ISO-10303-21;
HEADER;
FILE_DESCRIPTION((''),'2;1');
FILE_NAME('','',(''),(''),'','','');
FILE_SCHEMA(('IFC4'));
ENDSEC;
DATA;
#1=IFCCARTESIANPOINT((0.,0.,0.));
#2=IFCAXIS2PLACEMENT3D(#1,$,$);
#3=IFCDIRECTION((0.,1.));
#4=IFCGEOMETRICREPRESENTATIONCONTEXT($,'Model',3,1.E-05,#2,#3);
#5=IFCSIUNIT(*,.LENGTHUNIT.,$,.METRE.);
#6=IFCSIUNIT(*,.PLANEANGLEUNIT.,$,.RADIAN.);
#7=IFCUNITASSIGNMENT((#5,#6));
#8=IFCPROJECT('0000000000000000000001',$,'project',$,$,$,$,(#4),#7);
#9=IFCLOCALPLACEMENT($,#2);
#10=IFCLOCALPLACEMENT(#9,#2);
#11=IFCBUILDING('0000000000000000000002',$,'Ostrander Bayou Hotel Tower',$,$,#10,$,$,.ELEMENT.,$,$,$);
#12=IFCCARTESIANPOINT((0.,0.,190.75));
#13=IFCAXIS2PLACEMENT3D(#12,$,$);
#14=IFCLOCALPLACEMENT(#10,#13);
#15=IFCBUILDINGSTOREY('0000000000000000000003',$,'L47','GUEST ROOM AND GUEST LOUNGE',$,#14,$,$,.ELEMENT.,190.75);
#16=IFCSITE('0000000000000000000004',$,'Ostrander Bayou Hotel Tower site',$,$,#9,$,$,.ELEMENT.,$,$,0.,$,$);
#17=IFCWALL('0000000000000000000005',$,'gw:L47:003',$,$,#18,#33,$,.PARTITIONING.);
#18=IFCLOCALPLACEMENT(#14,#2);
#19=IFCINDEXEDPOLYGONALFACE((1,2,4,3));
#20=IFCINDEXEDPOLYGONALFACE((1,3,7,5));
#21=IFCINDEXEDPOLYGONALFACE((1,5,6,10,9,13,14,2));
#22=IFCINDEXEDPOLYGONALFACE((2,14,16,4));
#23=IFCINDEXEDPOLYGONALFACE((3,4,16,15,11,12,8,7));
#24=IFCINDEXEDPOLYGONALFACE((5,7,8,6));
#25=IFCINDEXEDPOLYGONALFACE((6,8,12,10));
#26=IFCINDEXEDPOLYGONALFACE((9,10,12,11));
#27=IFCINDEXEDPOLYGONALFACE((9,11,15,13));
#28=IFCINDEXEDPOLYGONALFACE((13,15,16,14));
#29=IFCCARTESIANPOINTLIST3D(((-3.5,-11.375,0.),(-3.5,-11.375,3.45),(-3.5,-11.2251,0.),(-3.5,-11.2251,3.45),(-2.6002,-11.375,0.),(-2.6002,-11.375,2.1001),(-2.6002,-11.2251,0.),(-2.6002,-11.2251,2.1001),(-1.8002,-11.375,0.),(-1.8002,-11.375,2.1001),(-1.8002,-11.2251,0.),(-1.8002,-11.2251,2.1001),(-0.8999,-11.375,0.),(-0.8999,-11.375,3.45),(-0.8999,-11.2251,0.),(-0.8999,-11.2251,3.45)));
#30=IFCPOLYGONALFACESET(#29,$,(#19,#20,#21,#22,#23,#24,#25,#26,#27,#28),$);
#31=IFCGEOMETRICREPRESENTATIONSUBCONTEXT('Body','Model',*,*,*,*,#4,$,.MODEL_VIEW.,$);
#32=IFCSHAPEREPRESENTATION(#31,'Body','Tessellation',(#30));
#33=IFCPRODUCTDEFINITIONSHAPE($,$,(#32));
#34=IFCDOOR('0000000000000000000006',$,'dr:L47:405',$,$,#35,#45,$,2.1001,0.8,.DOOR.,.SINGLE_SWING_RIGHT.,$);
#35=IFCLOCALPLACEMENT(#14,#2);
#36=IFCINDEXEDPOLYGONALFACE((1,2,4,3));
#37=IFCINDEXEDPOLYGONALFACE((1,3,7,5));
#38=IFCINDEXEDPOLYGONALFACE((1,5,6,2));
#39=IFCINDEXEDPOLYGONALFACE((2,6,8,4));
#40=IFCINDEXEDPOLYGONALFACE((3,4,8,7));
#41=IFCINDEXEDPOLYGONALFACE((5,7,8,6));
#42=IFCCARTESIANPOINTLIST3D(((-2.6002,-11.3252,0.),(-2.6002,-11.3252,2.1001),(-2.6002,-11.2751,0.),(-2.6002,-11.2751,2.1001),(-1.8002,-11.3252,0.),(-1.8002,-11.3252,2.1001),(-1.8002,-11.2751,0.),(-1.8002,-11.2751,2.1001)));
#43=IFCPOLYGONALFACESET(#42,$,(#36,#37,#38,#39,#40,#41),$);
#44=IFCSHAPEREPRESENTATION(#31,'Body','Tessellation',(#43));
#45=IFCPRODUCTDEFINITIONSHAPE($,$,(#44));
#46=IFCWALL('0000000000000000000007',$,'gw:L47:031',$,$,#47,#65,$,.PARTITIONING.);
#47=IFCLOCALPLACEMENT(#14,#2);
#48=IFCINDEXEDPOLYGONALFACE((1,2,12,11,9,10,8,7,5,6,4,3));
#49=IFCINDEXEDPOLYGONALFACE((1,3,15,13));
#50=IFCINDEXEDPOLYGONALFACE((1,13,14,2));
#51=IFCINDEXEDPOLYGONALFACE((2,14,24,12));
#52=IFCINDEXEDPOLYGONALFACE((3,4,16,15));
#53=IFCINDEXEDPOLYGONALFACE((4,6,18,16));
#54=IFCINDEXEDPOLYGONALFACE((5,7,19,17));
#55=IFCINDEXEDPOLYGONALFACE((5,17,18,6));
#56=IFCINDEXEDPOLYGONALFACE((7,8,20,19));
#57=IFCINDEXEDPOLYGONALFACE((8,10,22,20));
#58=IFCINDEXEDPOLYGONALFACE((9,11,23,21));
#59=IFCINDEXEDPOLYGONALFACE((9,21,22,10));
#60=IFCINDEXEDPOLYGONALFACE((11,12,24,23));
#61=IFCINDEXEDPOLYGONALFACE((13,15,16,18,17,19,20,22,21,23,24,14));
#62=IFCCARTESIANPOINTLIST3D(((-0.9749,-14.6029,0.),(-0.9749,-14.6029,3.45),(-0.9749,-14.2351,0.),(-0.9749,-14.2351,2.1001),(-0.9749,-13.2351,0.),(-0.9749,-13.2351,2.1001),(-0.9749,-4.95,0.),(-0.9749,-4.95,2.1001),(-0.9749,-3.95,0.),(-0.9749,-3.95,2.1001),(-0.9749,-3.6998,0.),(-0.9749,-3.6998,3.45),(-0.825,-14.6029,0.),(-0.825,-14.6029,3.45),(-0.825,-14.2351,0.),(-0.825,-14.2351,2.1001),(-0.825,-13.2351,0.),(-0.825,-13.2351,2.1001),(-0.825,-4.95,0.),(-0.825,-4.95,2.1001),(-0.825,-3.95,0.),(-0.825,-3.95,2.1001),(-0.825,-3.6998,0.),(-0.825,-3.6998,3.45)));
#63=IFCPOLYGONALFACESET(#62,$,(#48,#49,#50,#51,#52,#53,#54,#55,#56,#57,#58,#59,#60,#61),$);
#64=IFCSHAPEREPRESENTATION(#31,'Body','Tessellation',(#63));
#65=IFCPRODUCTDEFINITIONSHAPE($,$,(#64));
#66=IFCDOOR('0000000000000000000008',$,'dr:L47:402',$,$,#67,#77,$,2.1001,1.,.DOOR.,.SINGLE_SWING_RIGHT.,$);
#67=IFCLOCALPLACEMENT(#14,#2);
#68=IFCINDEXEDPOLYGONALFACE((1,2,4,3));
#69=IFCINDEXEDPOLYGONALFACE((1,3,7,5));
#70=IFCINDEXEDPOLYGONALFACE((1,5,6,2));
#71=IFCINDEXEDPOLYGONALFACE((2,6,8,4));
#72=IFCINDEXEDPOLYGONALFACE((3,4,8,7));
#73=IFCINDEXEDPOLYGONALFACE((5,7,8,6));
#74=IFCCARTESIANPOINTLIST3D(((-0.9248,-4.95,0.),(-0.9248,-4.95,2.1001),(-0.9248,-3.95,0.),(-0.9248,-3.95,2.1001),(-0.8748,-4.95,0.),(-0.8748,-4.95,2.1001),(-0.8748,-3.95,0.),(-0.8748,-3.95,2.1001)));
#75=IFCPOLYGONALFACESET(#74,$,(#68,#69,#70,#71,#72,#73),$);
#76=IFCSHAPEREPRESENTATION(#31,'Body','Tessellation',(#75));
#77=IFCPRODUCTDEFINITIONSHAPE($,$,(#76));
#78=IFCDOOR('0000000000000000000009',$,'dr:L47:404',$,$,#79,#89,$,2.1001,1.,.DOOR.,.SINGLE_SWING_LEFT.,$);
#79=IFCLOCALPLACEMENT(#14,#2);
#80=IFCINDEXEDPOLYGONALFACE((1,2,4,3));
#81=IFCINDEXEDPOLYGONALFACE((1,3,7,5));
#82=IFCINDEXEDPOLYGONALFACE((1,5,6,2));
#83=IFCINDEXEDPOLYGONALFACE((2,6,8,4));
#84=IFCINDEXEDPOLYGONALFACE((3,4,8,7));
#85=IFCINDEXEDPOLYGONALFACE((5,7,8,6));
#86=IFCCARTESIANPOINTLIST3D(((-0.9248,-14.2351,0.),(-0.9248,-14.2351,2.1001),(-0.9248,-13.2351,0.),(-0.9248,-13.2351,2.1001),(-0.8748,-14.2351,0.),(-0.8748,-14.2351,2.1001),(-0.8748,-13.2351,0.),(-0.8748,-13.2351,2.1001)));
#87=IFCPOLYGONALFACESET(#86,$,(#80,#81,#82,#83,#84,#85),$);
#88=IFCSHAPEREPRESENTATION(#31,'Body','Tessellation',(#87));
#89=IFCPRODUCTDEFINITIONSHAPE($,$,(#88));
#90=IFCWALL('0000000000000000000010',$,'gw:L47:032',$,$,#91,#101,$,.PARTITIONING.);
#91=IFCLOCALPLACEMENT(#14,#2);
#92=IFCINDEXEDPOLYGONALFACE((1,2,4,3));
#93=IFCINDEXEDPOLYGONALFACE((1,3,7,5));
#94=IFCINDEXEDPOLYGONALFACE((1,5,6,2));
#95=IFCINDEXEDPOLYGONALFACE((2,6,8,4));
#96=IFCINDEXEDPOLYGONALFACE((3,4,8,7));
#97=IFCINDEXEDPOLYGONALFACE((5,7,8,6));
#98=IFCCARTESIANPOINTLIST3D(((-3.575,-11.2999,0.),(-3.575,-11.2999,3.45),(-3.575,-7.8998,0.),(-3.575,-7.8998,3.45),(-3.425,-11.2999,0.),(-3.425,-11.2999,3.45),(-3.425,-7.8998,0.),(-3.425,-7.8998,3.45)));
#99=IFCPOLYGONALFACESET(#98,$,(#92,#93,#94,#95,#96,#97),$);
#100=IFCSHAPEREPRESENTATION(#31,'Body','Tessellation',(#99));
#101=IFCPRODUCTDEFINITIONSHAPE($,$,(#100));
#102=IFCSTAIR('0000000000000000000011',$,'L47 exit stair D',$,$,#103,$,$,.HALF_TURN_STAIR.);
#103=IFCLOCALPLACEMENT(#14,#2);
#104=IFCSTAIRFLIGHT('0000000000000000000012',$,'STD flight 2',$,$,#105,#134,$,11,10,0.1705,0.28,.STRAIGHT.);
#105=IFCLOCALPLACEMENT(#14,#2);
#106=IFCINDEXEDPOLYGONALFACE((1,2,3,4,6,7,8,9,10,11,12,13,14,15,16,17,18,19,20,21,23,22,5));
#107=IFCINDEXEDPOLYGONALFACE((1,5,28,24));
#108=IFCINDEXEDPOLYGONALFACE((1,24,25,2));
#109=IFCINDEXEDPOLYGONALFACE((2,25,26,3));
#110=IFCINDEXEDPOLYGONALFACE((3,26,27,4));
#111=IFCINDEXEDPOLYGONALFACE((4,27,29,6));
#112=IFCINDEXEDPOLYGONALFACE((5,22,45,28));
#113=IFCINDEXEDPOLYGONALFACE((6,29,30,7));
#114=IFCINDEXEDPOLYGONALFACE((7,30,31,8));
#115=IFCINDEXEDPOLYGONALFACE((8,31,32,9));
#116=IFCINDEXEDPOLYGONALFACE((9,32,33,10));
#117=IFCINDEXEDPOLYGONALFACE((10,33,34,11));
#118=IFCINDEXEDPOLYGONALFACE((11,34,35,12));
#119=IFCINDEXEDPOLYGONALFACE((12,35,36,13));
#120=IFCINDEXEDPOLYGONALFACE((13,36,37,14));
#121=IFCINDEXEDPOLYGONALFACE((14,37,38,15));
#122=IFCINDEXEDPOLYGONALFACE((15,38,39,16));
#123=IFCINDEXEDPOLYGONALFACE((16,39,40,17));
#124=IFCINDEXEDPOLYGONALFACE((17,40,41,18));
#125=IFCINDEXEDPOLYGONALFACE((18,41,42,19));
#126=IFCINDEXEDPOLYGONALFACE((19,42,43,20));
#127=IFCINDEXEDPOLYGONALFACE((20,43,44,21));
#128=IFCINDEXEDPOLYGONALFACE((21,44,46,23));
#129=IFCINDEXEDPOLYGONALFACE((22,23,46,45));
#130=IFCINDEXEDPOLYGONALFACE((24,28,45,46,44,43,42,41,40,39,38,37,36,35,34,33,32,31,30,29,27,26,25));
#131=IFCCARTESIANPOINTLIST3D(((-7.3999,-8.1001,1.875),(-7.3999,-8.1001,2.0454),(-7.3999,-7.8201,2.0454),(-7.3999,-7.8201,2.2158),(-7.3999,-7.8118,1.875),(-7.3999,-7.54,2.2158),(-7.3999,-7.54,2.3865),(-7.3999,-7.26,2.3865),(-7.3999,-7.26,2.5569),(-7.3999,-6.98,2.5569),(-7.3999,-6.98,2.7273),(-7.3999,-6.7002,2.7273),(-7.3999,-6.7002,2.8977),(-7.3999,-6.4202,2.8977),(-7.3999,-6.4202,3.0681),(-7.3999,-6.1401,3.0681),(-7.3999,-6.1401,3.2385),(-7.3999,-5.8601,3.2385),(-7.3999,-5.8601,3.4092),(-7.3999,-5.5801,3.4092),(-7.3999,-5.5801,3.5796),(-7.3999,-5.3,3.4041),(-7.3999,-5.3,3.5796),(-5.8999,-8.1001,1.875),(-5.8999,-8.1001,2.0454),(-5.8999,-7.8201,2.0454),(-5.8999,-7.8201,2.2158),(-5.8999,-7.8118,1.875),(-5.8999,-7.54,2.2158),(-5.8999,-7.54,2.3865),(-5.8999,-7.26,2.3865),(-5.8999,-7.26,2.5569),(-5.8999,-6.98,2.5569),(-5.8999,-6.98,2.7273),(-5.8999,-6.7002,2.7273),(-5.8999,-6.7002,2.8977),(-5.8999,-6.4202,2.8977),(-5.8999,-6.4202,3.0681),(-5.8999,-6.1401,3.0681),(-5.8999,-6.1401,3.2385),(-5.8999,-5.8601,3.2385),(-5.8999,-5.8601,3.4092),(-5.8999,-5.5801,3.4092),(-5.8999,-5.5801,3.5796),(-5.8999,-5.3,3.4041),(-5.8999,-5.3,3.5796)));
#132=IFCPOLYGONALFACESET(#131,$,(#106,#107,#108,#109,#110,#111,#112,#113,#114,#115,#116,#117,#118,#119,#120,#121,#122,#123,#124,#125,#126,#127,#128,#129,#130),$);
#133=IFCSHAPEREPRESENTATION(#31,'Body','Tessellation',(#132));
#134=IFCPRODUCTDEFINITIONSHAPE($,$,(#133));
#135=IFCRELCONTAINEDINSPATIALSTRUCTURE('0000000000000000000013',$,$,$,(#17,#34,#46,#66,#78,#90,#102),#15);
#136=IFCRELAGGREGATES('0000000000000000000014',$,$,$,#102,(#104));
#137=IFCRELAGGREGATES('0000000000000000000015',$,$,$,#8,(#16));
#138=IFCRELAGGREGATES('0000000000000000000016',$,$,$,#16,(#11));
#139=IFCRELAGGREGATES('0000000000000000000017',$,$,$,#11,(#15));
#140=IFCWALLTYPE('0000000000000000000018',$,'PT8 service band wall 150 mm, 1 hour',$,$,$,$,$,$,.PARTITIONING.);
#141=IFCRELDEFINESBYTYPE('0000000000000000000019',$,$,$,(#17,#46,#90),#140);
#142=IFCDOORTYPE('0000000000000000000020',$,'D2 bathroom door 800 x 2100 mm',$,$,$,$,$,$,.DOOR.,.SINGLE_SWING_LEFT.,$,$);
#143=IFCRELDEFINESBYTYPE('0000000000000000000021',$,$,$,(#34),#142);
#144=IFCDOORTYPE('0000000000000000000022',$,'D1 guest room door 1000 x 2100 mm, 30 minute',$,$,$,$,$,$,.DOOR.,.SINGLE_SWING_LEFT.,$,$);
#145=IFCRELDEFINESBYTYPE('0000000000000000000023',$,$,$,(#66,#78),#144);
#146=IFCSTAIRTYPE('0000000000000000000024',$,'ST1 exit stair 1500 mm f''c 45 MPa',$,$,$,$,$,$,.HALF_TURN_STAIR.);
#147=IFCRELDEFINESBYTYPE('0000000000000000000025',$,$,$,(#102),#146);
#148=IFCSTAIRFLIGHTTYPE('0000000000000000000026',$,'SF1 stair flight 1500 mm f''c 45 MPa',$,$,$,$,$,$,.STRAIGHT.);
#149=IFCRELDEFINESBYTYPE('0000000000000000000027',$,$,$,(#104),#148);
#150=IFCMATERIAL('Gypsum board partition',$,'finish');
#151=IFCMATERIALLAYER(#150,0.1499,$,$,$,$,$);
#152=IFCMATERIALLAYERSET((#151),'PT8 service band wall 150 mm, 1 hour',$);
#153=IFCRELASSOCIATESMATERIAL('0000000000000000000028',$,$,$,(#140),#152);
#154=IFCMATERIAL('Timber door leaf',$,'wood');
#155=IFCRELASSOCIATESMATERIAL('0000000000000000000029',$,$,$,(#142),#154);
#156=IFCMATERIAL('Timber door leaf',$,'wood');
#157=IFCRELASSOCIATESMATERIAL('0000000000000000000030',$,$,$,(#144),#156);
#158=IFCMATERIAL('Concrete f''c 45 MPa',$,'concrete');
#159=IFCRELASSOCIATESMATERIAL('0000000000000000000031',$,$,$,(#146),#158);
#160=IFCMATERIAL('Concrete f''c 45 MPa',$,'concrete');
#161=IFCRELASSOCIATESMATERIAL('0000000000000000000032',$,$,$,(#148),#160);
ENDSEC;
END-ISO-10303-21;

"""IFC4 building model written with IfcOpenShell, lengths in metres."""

from ifc_helpers import new_model, si_unit, direction, frame, frame_2d, origin, place, context, subcontext, project, spatial, polyline, rectangle, outline, extrude, material, layer, layer_set, type_object, element, fill, aggregate, save


model = new_model("IFC4")

# Units and contexts
model_context = context("Model", 3, precision=1e-05, world=origin(), true_north=direction((0.0, 1.0)))
body_context = subcontext(model_context, "Body", "Model", "MODEL_VIEW")
ifc_project = project(units=[si_unit("LENGTHUNIT", "METRE"), si_unit("PLANEANGLEUNIT", "RADIAN")], contexts=[model_context])

# Site, building, storey
site_placement = place(None, origin())
site = spatial("IfcSite", under=ifc_project, at=site_placement, Name="Ostrander Bayou Hotel Tower site", CompositionType="ELEMENT", RefElevation=0.0)
building_placement = place(site_placement, origin())
building = spatial("IfcBuilding", under=site, at=building_placement, Name="Ostrander Bayou Hotel Tower", CompositionType="ELEMENT")
storey_placement = place(building_placement, frame((0.0, 0.0, 190.75)))
storey = spatial("IfcBuildingStorey", under=building, at=storey_placement, Name="L47", Description="GUEST ROOM AND GUEST LOUNGE", CompositionType="ELEMENT", Elevation=190.75)

# Wall, opening, door
ifc_material_1 = material(Name="Gypsum board partition", Category="finish")
ifc_layer_1 = layer(ifc_material_1, 0.1499)
ifc_layer_set_1 = layer_set([ifc_layer_1], Name="PT8 service band wall 150 mm, 1 hour")
wall_type_1 = type_object("IfcWallType", Name="PT8 service band wall 150 mm, 1 hour", PredefinedType="PARTITIONING", material=ifc_layer_set_1)
wall_1_placement = place(storey_placement, frame((-3.5, -11.3, 0.0), z_axis=(0.0, 0.0, 1.0), x_axis=(1.0, 0.0, 0.0)))
wall_1 = element("IfcWall", 1, at=wall_1_placement, inside=storey, type_object=wall_type_1, Name="gw:L47:003", PredefinedType="PARTITIONING", context=body_context, shape_type="SweptSolid", body=[
    extrude(rectangle(XDim=2.6001, YDim=0.1499, at=frame_2d((1.3, 0.0))), origin(), (0.0, 0.0, 1.0), 3.45),
])
opening_1_placement = place(wall_1_placement, frame((0.8999, 0.0, 0.0)))
opening_1 = element("IfcOpeningElement", 2, at=opening_1_placement, cuts=wall_1, PredefinedType="OPENING", context=body_context, shape_type="SweptSolid", body=[
    extrude(rectangle(XDim=0.8, YDim=2.1001, at=frame_2d((0.3999, 1.05))), frame((0.0, 0.075, 0.0), z_axis=(0.0, -1.0, 0.0), x_axis=(1.0, 0.0, 0.0)), (0.0, 0.0, 1.0), 0.1499),
])
ifc_material_2 = material(Name="Timber door leaf", Category="wood")
door_type_1 = type_object("IfcDoorType", Name="D2 bathroom door 800 x 2100 mm", OperationType="SINGLE_SWING_LEFT", PredefinedType="DOOR", material=ifc_material_2)
door_1_placement = place(opening_1_placement, origin())
door_1 = element("IfcDoor", 3, at=door_1_placement, inside=storey, type_object=door_type_1, Name="dr:L47:405", OperationType="SINGLE_SWING_RIGHT", OverallHeight=2.1001, OverallWidth=0.8, PredefinedType="DOOR", context=body_context, shape_type="SweptSolid", body=[
    extrude(rectangle(XDim=0.8, YDim=2.1001, at=frame_2d((0.3999, 1.05))), frame((0.0, 0.0249, 0.0), z_axis=(0.0, -1.0, 0.0), x_axis=(1.0, 0.0, 0.0)), (0.0, 0.0, 1.0), 0.05),
])
fill(opening_1, door_1)

# Wall, openings, doors
wall_2_placement = place(storey_placement, frame((-0.8999, -14.603, 0.0), z_axis=(0.0, 0.0, 1.0), x_axis=(0.0, 1.0, 0.0)))
wall_2 = element("IfcWall", 4, at=wall_2_placement, inside=storey, type_object=wall_type_1, Name="gw:L47:031", PredefinedType="PARTITIONING", context=body_context, shape_type="SweptSolid", body=[
    extrude(rectangle(XDim=10.9031, YDim=0.1499, at=frame_2d((5.4517, 0.0))), origin(), (0.0, 0.0, 1.0), 3.45),
])
opening_2_placement = place(wall_2_placement, frame((9.6531, 0.0, 0.0)))
opening_2 = element("IfcOpeningElement", 5, at=opening_2_placement, cuts=wall_2, PredefinedType="OPENING", context=body_context, shape_type="SweptSolid", body=[
    extrude(rectangle(XDim=1.0, YDim=2.1001, at=frame_2d((0.5, 1.05))), frame((0.0, 0.075, 0.0), z_axis=(0.0, -1.0, 0.0), x_axis=(1.0, 0.0, 0.0)), (0.0, 0.0, 1.0), 0.1499),
])
opening_3_placement = place(wall_2_placement, frame((0.3679, 0.0, 0.0)))
opening_3 = element("IfcOpeningElement", 6, at=opening_3_placement, cuts=wall_2, PredefinedType="OPENING", context=body_context, shape_type="SweptSolid", body=[
    extrude(rectangle(XDim=1.0, YDim=2.1001, at=frame_2d((0.5, 1.05))), frame((0.0, 0.075, 0.0), z_axis=(0.0, -1.0, 0.0), x_axis=(1.0, 0.0, 0.0)), (0.0, 0.0, 1.0), 0.1499),
])
ifc_material_3 = material(Name="Timber door leaf", Category="wood")
door_type_2 = type_object("IfcDoorType", Name="D1 guest room door 1000 x 2100 mm, 30 minute", OperationType="SINGLE_SWING_LEFT", PredefinedType="DOOR", material=ifc_material_3)
door_2_placement = place(opening_2_placement, origin())
door_2 = element("IfcDoor", 7, at=door_2_placement, inside=storey, type_object=door_type_2, Name="dr:L47:402", OperationType="SINGLE_SWING_RIGHT", OverallHeight=2.1001, OverallWidth=1.0, PredefinedType="DOOR", context=body_context, shape_type="SweptSolid", body=[
    extrude(rectangle(XDim=1.0, YDim=2.1001, at=frame_2d((0.5, 1.05))), frame((0.0, 0.0249, 0.0), z_axis=(0.0, -1.0, 0.0), x_axis=(1.0, 0.0, 0.0)), (0.0, 0.0, 1.0), 0.05),
])
fill(opening_2, door_2)
door_3_placement = place(opening_3_placement, origin())
door_3 = element("IfcDoor", 8, at=door_3_placement, inside=storey, type_object=door_type_2, Name="dr:L47:404", OperationType="SINGLE_SWING_LEFT", OverallHeight=2.1001, OverallWidth=1.0, PredefinedType="DOOR", context=body_context, shape_type="SweptSolid", body=[
    extrude(rectangle(XDim=1.0, YDim=2.1001, at=frame_2d((0.5, 1.05))), frame((0.0, 0.0249, 0.0), z_axis=(0.0, -1.0, 0.0), x_axis=(1.0, 0.0, 0.0)), (0.0, 0.0, 1.0), 0.05),
])
fill(opening_3, door_3)

# Wall
wall_3_placement = place(storey_placement, frame((-3.5, -11.3, 0.0), z_axis=(0.0, 0.0, 1.0), x_axis=(0.0, 1.0, 0.0)))
element("IfcWall", 9, at=wall_3_placement, inside=storey, type_object=wall_type_1, Name="gw:L47:032", PredefinedType="PARTITIONING", context=body_context, shape_type="SweptSolid", body=[
    extrude(rectangle(XDim=3.4001, YDim=0.1499, at=frame_2d((1.7002, 0.0))), origin(), (0.0, 0.0, 1.0), 3.45),
])

# Stair, stair flight
ifc_material_4 = material(Name="Concrete f'c 45 MPa", Category="concrete")
stair_type = type_object("IfcStairType", Name="ST1 exit stair 1500 mm f'c 45 MPa", PredefinedType="HALF_TURN_STAIR", material=ifc_material_4)
stair_placement = place(storey_placement, origin())
stair = element("IfcStair", 10, at=stair_placement, inside=storey, type_object=stair_type, Name="L47 exit stair D", PredefinedType="HALF_TURN_STAIR")
ifc_material_5 = material(Name="Concrete f'c 45 MPa", Category="concrete")
stair_flight_type = type_object("IfcStairFlightType", Name="SF1 stair flight 1500 mm f'c 45 MPa", PredefinedType="STRAIGHT", material=ifc_material_5)
stair_flight_placement = place(storey_placement, frame((-6.6499, -8.1001, 1.875), z_axis=(0.0, 0.0, 1.0), x_axis=(0.0, 1.0, 0.0)))
stair_flight = element("IfcStairFlight", 11, at=stair_flight_placement, type_object=stair_flight_type, Name="STD flight 2", NumberOfRisers=11, NumberOfTreads=10, PredefinedType="STRAIGHT", RiserHeight=0.1705, TreadLength=0.28, context=body_context, shape_type="SweptSolid", body=[
    extrude(outline(polyline([(0.0, 0.0), (0.0, 0.1704), (0.28, 0.1704), (0.28, 0.3408), (0.5601, 0.3408), (0.5601, 0.5115), (0.8401, 0.5115), (0.8401, 0.6819), (1.1201, 0.6819), (1.1201, 0.8523), (1.3999, 0.8523), (1.3999, 1.0227), (1.6799, 1.0227), (1.6799, 1.1931), (1.96, 1.1931), (1.96, 1.3635), (2.24, 1.3635), (2.24, 1.5342), (2.52, 1.5342), (2.52, 1.7046), (2.8, 1.7046), (2.8, 1.875), (2.8, 1.5291), (0.2883, 0.0), (0.0, 0.0)])), frame((0.0, 0.75, 0.0), z_axis=(0.0, -1.0, 0.0), x_axis=(1.0, 0.0, 0.0)), (0.0, 0.0, 1.0), 1.5),
])
aggregate(stair, [stair_flight])

save(model, "model.ifc")
